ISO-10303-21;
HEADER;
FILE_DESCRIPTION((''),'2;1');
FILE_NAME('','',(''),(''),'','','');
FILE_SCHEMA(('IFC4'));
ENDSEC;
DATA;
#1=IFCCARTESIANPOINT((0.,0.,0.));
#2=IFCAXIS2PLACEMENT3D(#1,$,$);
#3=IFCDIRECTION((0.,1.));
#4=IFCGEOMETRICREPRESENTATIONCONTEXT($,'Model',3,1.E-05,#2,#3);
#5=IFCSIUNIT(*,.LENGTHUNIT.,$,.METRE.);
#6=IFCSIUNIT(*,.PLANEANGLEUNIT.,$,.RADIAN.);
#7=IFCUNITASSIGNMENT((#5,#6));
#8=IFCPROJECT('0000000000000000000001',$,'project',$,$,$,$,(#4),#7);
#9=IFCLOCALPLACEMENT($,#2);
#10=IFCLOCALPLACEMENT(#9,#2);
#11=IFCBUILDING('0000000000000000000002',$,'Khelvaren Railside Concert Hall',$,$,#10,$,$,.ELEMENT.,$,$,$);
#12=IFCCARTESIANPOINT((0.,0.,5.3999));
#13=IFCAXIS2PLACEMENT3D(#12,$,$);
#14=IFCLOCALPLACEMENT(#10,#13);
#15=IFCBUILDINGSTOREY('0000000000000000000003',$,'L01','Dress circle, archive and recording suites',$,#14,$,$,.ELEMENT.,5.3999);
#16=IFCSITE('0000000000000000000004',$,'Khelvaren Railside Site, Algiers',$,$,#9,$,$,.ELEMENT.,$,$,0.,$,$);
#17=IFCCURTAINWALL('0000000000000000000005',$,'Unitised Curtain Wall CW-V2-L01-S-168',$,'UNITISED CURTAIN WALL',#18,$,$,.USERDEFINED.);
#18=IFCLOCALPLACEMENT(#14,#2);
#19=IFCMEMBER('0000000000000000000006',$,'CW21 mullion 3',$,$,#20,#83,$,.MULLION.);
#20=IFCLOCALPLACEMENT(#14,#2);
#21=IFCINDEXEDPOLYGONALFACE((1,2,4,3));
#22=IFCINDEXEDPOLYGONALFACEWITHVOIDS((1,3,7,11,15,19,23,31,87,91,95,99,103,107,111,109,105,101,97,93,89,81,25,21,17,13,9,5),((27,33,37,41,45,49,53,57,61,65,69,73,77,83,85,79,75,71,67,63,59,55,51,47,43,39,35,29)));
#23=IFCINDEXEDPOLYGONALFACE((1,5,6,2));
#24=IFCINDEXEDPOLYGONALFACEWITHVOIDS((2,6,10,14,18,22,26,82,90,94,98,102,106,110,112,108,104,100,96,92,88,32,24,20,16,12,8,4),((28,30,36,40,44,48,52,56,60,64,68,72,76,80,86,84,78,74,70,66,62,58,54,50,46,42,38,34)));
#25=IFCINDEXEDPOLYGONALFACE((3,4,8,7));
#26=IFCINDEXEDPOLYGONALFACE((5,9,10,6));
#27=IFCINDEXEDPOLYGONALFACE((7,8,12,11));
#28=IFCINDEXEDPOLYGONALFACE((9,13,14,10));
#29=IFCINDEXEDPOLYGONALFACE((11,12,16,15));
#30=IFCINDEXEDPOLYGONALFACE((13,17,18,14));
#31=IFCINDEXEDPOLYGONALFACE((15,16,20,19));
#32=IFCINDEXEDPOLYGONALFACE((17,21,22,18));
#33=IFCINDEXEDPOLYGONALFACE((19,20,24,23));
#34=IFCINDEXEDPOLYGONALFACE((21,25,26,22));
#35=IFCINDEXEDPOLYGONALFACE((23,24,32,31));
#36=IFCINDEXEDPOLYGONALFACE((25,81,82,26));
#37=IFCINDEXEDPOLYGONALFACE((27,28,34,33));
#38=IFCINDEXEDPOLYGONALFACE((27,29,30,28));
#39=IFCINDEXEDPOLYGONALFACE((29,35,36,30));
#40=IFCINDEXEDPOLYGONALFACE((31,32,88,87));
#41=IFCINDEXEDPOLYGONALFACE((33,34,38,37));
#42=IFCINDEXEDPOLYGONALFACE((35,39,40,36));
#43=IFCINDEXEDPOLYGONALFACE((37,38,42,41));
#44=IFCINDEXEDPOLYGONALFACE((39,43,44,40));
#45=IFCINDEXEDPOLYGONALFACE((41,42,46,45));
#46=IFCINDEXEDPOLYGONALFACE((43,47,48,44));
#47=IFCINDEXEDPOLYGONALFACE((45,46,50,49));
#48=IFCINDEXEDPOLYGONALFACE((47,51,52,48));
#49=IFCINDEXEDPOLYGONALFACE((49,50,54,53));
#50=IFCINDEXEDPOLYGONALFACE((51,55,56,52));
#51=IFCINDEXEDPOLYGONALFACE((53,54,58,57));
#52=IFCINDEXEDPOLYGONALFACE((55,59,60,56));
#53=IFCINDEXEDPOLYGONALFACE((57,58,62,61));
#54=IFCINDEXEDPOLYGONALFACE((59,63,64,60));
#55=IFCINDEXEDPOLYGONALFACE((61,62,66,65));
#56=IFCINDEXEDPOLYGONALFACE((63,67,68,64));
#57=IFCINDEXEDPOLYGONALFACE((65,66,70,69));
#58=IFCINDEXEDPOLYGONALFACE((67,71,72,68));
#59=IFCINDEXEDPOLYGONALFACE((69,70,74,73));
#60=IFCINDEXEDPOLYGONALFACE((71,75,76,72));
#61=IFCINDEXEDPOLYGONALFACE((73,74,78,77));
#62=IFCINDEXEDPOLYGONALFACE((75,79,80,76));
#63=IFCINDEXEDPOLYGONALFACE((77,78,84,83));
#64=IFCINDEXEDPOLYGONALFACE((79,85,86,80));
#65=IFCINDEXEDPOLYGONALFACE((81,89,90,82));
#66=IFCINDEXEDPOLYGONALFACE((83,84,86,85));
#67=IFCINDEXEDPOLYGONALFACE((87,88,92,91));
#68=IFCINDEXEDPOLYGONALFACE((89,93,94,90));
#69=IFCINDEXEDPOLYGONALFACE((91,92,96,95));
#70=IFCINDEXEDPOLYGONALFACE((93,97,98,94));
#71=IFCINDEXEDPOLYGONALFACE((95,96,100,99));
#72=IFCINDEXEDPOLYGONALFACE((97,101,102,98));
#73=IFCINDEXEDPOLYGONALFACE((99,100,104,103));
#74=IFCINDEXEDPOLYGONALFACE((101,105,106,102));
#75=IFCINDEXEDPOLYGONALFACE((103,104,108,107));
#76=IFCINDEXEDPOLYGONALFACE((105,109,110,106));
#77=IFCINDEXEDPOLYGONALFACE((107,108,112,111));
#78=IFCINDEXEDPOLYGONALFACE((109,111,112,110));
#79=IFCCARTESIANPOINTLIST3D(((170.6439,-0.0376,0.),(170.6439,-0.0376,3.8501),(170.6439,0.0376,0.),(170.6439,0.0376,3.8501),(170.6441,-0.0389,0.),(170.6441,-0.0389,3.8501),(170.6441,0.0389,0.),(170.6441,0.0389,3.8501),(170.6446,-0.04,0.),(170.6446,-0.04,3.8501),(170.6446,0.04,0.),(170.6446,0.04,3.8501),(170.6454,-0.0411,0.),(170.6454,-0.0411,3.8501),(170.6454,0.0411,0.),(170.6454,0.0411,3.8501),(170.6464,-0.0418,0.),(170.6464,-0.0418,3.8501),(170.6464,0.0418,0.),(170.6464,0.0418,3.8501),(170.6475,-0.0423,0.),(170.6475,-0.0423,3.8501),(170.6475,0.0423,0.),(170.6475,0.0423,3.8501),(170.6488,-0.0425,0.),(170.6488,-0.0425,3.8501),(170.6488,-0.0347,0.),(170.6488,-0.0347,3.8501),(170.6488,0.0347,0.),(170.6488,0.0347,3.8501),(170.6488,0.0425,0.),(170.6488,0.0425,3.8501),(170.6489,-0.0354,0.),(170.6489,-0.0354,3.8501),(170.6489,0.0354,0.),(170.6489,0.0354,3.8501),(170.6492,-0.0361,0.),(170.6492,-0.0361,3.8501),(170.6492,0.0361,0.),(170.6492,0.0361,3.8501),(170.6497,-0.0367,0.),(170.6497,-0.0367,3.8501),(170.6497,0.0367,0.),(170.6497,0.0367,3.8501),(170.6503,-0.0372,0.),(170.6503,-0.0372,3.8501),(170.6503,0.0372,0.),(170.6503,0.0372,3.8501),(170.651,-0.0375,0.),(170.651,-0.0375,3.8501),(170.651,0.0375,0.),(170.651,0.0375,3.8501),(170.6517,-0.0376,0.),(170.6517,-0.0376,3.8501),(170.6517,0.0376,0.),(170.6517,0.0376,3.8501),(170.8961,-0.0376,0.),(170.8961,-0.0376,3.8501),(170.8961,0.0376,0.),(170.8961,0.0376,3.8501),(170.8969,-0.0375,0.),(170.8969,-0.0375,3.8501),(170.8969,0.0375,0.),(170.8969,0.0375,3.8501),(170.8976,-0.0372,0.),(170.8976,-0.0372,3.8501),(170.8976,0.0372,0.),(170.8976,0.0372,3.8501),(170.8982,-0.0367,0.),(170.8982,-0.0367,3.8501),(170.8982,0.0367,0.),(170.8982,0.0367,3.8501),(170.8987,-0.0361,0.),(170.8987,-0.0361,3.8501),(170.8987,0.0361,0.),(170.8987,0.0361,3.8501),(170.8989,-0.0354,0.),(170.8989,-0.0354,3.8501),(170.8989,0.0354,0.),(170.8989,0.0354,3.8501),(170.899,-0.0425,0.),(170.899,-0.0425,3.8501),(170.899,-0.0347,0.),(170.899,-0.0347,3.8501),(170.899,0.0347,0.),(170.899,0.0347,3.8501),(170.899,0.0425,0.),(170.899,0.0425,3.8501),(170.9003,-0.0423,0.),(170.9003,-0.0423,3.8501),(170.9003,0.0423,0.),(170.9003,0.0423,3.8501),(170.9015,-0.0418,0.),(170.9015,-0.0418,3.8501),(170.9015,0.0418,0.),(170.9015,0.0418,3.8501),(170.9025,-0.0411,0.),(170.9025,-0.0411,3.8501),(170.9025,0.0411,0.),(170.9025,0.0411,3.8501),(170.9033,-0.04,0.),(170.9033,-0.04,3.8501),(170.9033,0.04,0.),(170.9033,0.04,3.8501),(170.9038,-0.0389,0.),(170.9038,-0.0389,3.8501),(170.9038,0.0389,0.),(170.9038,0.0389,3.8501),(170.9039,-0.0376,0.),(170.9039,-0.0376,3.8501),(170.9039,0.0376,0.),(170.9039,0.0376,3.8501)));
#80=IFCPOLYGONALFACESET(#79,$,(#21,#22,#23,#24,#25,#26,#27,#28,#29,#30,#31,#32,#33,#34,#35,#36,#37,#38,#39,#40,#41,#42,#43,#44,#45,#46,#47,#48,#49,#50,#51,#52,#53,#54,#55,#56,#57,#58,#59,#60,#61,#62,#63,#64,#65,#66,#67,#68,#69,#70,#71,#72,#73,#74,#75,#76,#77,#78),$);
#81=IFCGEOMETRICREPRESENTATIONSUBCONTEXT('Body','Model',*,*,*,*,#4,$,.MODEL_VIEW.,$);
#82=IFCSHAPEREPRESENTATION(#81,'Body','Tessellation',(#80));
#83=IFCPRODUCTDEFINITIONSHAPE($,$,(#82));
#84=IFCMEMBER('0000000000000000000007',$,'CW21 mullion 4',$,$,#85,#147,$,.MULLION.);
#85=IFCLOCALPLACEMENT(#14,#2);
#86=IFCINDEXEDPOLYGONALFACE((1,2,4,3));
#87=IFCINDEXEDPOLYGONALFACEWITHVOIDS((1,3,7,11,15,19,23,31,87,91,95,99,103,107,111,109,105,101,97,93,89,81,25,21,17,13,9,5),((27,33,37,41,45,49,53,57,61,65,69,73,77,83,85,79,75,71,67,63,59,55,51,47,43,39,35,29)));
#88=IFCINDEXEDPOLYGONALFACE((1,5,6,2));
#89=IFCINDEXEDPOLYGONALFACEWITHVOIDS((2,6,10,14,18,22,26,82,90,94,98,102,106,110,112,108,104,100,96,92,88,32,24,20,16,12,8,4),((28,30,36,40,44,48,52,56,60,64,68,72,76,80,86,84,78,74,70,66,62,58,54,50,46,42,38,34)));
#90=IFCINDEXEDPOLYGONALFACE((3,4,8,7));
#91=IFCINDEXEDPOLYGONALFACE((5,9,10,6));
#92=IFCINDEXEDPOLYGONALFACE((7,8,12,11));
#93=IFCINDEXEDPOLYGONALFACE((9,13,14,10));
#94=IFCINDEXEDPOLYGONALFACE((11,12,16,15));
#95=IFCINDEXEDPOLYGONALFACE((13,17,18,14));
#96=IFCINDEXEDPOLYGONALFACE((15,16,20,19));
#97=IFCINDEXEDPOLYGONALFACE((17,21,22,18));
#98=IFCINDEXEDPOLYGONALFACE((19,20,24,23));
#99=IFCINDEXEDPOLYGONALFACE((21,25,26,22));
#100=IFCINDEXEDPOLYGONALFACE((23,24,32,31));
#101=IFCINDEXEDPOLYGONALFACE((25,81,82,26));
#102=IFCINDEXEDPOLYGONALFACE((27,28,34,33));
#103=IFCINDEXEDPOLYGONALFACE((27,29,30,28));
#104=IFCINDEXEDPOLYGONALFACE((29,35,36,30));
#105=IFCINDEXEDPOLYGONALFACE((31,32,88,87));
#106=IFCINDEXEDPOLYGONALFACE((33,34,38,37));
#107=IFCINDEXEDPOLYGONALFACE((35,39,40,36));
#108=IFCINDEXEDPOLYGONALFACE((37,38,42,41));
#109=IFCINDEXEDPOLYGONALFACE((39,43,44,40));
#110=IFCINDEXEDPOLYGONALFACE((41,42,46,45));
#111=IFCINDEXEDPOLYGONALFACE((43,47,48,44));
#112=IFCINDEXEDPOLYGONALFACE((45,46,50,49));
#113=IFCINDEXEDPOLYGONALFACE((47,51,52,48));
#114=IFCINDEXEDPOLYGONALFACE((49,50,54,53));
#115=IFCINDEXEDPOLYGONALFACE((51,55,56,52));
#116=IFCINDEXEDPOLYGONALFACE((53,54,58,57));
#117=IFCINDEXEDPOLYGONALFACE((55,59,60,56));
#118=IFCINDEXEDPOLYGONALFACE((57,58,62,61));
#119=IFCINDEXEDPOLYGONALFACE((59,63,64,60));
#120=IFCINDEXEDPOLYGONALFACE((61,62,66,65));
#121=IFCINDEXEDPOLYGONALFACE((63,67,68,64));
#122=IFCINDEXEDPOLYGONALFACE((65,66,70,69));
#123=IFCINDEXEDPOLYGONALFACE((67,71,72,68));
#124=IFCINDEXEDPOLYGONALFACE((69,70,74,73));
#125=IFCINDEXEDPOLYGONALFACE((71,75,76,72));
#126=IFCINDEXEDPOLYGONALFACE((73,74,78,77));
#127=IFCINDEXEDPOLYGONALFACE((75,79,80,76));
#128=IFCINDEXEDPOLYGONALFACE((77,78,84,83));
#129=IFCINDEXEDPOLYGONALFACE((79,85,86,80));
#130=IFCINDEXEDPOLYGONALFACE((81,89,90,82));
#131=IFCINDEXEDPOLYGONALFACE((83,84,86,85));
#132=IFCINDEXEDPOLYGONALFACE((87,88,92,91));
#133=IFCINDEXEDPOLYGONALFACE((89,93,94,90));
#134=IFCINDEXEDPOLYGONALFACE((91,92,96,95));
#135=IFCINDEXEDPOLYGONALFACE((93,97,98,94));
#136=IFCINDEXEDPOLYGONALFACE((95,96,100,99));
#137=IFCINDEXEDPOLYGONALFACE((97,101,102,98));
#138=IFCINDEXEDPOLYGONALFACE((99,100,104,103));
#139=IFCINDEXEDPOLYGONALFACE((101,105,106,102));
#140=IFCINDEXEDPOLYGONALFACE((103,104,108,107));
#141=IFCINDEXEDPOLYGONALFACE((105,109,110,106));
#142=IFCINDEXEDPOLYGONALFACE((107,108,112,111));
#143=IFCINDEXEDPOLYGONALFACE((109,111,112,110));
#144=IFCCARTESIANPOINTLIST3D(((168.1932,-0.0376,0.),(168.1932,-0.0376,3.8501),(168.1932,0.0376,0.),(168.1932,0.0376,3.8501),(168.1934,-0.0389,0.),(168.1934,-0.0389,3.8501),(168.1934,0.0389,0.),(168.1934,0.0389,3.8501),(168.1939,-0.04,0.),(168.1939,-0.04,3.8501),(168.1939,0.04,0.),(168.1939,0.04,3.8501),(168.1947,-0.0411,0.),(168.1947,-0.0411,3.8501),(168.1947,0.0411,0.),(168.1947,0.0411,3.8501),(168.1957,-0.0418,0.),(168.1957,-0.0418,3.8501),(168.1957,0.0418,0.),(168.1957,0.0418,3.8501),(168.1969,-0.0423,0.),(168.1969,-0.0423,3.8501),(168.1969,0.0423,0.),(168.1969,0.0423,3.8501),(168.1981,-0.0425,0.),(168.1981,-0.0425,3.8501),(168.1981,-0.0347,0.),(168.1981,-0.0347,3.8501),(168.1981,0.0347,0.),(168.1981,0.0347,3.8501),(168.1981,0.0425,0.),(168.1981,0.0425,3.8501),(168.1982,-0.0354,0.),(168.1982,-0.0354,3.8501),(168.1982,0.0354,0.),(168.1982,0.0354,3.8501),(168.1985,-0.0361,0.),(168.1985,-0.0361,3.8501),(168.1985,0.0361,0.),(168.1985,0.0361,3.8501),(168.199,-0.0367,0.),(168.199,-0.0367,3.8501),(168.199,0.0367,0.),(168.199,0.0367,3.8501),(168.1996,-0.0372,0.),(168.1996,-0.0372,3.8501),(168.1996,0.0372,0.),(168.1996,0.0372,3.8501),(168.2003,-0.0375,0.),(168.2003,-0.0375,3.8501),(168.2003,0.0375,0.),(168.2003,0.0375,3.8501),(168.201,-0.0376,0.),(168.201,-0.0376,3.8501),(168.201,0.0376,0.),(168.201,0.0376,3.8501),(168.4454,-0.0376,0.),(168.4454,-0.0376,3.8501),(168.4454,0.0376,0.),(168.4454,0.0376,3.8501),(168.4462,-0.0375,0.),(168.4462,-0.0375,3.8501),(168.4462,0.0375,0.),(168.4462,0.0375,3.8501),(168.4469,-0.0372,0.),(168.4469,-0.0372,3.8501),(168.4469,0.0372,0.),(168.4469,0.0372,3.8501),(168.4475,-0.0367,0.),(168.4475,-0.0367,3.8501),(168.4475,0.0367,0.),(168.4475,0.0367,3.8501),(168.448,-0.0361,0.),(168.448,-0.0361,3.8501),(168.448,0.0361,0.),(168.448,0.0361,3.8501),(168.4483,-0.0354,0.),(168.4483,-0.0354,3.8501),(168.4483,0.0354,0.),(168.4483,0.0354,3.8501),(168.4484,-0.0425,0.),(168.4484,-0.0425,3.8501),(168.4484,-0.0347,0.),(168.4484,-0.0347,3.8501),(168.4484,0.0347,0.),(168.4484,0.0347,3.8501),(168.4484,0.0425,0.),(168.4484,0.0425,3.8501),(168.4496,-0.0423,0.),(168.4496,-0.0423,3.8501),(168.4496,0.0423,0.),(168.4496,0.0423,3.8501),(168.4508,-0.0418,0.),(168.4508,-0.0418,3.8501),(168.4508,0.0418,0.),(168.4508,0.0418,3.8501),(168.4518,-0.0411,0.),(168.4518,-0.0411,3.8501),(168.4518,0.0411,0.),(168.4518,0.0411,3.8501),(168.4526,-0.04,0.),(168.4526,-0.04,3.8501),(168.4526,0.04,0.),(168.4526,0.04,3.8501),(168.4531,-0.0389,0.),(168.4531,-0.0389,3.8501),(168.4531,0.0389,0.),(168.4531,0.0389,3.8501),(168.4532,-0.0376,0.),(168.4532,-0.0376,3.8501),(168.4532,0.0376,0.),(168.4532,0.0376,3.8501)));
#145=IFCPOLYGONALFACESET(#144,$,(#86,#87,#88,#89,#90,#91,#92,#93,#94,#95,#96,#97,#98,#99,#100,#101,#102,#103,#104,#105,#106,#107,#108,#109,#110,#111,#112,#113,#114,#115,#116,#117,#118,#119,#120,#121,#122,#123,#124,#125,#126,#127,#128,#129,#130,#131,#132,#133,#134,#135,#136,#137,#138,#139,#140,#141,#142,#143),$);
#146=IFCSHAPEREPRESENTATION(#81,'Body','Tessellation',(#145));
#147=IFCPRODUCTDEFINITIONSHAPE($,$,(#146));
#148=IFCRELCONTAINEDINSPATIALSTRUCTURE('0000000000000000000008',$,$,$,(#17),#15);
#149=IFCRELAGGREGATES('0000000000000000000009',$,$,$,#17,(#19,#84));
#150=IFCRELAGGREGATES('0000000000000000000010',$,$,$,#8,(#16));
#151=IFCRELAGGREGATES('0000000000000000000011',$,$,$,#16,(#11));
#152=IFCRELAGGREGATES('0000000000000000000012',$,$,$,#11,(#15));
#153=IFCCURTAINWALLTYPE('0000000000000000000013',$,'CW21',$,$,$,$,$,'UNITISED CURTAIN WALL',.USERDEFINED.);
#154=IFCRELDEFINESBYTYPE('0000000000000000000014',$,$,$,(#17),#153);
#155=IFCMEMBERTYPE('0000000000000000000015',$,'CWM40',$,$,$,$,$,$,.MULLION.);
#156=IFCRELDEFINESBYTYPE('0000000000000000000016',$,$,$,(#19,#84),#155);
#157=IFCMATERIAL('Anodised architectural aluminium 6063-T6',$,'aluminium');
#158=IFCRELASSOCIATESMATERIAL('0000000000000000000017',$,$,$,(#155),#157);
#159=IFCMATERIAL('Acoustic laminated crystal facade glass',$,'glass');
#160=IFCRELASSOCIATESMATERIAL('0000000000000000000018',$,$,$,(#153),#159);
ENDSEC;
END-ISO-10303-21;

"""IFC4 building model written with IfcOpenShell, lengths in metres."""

from ifc_helpers import new_model, si_unit, direction, frame, origin, origin_2d, place, context, subcontext, project, spatial, hollow_rectangle, extrude, material, material_profile, profile_set, type_object, element, aggregate, save


model = new_model("IFC4")

# Units and contexts
model_context = context("Model", 3, precision=1e-05, world=origin(), true_north=direction((0.0, 1.0)))
body_context = subcontext(model_context, "Body", "Model", "MODEL_VIEW")
ifc_project = project(units=[si_unit("LENGTHUNIT", "METRE"), si_unit("PLANEANGLEUNIT", "RADIAN")], contexts=[model_context])

# Site, building, storey
site_placement = place(None, origin())
site = spatial("IfcSite", under=ifc_project, at=site_placement, Name="Khelvaren Railside Site, Algiers", CompositionType="ELEMENT", RefElevation=0.0)
building_placement = place(site_placement, origin())
building = spatial("IfcBuilding", under=site, at=building_placement, Name="Khelvaren Railside Concert Hall", CompositionType="ELEMENT")
storey_placement = place(building_placement, frame((0.0, 0.0, 5.3999)))
storey = spatial("IfcBuildingStorey", under=building, at=storey_placement, Name="L01", Description="Dress circle, archive and recording suites", CompositionType="ELEMENT", Elevation=5.3999)

# Curtain wall, members
ifc_material_1 = material(Name="Acoustic laminated crystal facade glass", Category="glass")
ifc_material_2 = material(Name="Anodised architectural aluminium 6063-T6", Category="aluminium")
ifc_material_profile_1 = material_profile(ifc_material_2, hollow_rectangle(XDim=0.085, YDim=0.26, WallThickness=0.0049, InnerFilletRadius=0.0029, OuterFilletRadius=0.0049, at=origin_2d()), Name="CWM 85x260x5")
ifc_profile_set_1 = profile_set([ifc_material_profile_1], Name="Anodised architectural aluminium 6063-T6")
member_type_1 = type_object("IfcMemberType", Name="CWM40", PredefinedType="MULLION", material=ifc_profile_set_1)
curtain_wall_type_1 = type_object("IfcCurtainWallType", Name="CW21", ElementType="UNITISED CURTAIN WALL", PredefinedType="USERDEFINED", material=ifc_material_1)
curtain_wall_1_placement = place(storey_placement, origin())
curtain_wall_1 = element("IfcCurtainWall", 1, at=curtain_wall_1_placement, inside=storey, type_object=curtain_wall_type_1, Name="Unitised Curtain Wall CW-V2-L01-S-168", ObjectType="UNITISED CURTAIN WALL", PredefinedType="USERDEFINED")
member_1_placement = place(storey_placement, frame((170.7739, 0.0, 0.0), z_axis=(0.0, 0.0, 1.0), x_axis=(0.0, -1.0, 0.0)))
member_1 = element("IfcMember", 2, at=member_1_placement, type_object=member_type_1, Name="CW21 mullion 3", PredefinedType="MULLION", context=body_context, shape_type="SweptSolid", body=[
    extrude(hollow_rectangle(XDim=0.085, YDim=0.26, WallThickness=0.0049, InnerFilletRadius=0.0029, OuterFilletRadius=0.0049, at=origin_2d()), origin(), (0.0, 0.0, 1.0), 3.8501),
])
member_2_placement = place(storey_placement, frame((168.3232, 0.0, 0.0), z_axis=(0.0, 0.0, 1.0), x_axis=(0.0, -1.0, 0.0)))
member_2 = element("IfcMember", 3, at=member_2_placement, type_object=member_type_1, Name="CW21 mullion 4", PredefinedType="MULLION", context=body_context, shape_type="SweptSolid", body=[
    extrude(hollow_rectangle(XDim=0.085, YDim=0.26, WallThickness=0.0049, InnerFilletRadius=0.0029, OuterFilletRadius=0.0049, at=origin_2d()), origin(), (0.0, 0.0, 1.0), 3.8501),
])

aggregate(curtain_wall_1, [member_1, member_2])

save(model, "model.ifc")
